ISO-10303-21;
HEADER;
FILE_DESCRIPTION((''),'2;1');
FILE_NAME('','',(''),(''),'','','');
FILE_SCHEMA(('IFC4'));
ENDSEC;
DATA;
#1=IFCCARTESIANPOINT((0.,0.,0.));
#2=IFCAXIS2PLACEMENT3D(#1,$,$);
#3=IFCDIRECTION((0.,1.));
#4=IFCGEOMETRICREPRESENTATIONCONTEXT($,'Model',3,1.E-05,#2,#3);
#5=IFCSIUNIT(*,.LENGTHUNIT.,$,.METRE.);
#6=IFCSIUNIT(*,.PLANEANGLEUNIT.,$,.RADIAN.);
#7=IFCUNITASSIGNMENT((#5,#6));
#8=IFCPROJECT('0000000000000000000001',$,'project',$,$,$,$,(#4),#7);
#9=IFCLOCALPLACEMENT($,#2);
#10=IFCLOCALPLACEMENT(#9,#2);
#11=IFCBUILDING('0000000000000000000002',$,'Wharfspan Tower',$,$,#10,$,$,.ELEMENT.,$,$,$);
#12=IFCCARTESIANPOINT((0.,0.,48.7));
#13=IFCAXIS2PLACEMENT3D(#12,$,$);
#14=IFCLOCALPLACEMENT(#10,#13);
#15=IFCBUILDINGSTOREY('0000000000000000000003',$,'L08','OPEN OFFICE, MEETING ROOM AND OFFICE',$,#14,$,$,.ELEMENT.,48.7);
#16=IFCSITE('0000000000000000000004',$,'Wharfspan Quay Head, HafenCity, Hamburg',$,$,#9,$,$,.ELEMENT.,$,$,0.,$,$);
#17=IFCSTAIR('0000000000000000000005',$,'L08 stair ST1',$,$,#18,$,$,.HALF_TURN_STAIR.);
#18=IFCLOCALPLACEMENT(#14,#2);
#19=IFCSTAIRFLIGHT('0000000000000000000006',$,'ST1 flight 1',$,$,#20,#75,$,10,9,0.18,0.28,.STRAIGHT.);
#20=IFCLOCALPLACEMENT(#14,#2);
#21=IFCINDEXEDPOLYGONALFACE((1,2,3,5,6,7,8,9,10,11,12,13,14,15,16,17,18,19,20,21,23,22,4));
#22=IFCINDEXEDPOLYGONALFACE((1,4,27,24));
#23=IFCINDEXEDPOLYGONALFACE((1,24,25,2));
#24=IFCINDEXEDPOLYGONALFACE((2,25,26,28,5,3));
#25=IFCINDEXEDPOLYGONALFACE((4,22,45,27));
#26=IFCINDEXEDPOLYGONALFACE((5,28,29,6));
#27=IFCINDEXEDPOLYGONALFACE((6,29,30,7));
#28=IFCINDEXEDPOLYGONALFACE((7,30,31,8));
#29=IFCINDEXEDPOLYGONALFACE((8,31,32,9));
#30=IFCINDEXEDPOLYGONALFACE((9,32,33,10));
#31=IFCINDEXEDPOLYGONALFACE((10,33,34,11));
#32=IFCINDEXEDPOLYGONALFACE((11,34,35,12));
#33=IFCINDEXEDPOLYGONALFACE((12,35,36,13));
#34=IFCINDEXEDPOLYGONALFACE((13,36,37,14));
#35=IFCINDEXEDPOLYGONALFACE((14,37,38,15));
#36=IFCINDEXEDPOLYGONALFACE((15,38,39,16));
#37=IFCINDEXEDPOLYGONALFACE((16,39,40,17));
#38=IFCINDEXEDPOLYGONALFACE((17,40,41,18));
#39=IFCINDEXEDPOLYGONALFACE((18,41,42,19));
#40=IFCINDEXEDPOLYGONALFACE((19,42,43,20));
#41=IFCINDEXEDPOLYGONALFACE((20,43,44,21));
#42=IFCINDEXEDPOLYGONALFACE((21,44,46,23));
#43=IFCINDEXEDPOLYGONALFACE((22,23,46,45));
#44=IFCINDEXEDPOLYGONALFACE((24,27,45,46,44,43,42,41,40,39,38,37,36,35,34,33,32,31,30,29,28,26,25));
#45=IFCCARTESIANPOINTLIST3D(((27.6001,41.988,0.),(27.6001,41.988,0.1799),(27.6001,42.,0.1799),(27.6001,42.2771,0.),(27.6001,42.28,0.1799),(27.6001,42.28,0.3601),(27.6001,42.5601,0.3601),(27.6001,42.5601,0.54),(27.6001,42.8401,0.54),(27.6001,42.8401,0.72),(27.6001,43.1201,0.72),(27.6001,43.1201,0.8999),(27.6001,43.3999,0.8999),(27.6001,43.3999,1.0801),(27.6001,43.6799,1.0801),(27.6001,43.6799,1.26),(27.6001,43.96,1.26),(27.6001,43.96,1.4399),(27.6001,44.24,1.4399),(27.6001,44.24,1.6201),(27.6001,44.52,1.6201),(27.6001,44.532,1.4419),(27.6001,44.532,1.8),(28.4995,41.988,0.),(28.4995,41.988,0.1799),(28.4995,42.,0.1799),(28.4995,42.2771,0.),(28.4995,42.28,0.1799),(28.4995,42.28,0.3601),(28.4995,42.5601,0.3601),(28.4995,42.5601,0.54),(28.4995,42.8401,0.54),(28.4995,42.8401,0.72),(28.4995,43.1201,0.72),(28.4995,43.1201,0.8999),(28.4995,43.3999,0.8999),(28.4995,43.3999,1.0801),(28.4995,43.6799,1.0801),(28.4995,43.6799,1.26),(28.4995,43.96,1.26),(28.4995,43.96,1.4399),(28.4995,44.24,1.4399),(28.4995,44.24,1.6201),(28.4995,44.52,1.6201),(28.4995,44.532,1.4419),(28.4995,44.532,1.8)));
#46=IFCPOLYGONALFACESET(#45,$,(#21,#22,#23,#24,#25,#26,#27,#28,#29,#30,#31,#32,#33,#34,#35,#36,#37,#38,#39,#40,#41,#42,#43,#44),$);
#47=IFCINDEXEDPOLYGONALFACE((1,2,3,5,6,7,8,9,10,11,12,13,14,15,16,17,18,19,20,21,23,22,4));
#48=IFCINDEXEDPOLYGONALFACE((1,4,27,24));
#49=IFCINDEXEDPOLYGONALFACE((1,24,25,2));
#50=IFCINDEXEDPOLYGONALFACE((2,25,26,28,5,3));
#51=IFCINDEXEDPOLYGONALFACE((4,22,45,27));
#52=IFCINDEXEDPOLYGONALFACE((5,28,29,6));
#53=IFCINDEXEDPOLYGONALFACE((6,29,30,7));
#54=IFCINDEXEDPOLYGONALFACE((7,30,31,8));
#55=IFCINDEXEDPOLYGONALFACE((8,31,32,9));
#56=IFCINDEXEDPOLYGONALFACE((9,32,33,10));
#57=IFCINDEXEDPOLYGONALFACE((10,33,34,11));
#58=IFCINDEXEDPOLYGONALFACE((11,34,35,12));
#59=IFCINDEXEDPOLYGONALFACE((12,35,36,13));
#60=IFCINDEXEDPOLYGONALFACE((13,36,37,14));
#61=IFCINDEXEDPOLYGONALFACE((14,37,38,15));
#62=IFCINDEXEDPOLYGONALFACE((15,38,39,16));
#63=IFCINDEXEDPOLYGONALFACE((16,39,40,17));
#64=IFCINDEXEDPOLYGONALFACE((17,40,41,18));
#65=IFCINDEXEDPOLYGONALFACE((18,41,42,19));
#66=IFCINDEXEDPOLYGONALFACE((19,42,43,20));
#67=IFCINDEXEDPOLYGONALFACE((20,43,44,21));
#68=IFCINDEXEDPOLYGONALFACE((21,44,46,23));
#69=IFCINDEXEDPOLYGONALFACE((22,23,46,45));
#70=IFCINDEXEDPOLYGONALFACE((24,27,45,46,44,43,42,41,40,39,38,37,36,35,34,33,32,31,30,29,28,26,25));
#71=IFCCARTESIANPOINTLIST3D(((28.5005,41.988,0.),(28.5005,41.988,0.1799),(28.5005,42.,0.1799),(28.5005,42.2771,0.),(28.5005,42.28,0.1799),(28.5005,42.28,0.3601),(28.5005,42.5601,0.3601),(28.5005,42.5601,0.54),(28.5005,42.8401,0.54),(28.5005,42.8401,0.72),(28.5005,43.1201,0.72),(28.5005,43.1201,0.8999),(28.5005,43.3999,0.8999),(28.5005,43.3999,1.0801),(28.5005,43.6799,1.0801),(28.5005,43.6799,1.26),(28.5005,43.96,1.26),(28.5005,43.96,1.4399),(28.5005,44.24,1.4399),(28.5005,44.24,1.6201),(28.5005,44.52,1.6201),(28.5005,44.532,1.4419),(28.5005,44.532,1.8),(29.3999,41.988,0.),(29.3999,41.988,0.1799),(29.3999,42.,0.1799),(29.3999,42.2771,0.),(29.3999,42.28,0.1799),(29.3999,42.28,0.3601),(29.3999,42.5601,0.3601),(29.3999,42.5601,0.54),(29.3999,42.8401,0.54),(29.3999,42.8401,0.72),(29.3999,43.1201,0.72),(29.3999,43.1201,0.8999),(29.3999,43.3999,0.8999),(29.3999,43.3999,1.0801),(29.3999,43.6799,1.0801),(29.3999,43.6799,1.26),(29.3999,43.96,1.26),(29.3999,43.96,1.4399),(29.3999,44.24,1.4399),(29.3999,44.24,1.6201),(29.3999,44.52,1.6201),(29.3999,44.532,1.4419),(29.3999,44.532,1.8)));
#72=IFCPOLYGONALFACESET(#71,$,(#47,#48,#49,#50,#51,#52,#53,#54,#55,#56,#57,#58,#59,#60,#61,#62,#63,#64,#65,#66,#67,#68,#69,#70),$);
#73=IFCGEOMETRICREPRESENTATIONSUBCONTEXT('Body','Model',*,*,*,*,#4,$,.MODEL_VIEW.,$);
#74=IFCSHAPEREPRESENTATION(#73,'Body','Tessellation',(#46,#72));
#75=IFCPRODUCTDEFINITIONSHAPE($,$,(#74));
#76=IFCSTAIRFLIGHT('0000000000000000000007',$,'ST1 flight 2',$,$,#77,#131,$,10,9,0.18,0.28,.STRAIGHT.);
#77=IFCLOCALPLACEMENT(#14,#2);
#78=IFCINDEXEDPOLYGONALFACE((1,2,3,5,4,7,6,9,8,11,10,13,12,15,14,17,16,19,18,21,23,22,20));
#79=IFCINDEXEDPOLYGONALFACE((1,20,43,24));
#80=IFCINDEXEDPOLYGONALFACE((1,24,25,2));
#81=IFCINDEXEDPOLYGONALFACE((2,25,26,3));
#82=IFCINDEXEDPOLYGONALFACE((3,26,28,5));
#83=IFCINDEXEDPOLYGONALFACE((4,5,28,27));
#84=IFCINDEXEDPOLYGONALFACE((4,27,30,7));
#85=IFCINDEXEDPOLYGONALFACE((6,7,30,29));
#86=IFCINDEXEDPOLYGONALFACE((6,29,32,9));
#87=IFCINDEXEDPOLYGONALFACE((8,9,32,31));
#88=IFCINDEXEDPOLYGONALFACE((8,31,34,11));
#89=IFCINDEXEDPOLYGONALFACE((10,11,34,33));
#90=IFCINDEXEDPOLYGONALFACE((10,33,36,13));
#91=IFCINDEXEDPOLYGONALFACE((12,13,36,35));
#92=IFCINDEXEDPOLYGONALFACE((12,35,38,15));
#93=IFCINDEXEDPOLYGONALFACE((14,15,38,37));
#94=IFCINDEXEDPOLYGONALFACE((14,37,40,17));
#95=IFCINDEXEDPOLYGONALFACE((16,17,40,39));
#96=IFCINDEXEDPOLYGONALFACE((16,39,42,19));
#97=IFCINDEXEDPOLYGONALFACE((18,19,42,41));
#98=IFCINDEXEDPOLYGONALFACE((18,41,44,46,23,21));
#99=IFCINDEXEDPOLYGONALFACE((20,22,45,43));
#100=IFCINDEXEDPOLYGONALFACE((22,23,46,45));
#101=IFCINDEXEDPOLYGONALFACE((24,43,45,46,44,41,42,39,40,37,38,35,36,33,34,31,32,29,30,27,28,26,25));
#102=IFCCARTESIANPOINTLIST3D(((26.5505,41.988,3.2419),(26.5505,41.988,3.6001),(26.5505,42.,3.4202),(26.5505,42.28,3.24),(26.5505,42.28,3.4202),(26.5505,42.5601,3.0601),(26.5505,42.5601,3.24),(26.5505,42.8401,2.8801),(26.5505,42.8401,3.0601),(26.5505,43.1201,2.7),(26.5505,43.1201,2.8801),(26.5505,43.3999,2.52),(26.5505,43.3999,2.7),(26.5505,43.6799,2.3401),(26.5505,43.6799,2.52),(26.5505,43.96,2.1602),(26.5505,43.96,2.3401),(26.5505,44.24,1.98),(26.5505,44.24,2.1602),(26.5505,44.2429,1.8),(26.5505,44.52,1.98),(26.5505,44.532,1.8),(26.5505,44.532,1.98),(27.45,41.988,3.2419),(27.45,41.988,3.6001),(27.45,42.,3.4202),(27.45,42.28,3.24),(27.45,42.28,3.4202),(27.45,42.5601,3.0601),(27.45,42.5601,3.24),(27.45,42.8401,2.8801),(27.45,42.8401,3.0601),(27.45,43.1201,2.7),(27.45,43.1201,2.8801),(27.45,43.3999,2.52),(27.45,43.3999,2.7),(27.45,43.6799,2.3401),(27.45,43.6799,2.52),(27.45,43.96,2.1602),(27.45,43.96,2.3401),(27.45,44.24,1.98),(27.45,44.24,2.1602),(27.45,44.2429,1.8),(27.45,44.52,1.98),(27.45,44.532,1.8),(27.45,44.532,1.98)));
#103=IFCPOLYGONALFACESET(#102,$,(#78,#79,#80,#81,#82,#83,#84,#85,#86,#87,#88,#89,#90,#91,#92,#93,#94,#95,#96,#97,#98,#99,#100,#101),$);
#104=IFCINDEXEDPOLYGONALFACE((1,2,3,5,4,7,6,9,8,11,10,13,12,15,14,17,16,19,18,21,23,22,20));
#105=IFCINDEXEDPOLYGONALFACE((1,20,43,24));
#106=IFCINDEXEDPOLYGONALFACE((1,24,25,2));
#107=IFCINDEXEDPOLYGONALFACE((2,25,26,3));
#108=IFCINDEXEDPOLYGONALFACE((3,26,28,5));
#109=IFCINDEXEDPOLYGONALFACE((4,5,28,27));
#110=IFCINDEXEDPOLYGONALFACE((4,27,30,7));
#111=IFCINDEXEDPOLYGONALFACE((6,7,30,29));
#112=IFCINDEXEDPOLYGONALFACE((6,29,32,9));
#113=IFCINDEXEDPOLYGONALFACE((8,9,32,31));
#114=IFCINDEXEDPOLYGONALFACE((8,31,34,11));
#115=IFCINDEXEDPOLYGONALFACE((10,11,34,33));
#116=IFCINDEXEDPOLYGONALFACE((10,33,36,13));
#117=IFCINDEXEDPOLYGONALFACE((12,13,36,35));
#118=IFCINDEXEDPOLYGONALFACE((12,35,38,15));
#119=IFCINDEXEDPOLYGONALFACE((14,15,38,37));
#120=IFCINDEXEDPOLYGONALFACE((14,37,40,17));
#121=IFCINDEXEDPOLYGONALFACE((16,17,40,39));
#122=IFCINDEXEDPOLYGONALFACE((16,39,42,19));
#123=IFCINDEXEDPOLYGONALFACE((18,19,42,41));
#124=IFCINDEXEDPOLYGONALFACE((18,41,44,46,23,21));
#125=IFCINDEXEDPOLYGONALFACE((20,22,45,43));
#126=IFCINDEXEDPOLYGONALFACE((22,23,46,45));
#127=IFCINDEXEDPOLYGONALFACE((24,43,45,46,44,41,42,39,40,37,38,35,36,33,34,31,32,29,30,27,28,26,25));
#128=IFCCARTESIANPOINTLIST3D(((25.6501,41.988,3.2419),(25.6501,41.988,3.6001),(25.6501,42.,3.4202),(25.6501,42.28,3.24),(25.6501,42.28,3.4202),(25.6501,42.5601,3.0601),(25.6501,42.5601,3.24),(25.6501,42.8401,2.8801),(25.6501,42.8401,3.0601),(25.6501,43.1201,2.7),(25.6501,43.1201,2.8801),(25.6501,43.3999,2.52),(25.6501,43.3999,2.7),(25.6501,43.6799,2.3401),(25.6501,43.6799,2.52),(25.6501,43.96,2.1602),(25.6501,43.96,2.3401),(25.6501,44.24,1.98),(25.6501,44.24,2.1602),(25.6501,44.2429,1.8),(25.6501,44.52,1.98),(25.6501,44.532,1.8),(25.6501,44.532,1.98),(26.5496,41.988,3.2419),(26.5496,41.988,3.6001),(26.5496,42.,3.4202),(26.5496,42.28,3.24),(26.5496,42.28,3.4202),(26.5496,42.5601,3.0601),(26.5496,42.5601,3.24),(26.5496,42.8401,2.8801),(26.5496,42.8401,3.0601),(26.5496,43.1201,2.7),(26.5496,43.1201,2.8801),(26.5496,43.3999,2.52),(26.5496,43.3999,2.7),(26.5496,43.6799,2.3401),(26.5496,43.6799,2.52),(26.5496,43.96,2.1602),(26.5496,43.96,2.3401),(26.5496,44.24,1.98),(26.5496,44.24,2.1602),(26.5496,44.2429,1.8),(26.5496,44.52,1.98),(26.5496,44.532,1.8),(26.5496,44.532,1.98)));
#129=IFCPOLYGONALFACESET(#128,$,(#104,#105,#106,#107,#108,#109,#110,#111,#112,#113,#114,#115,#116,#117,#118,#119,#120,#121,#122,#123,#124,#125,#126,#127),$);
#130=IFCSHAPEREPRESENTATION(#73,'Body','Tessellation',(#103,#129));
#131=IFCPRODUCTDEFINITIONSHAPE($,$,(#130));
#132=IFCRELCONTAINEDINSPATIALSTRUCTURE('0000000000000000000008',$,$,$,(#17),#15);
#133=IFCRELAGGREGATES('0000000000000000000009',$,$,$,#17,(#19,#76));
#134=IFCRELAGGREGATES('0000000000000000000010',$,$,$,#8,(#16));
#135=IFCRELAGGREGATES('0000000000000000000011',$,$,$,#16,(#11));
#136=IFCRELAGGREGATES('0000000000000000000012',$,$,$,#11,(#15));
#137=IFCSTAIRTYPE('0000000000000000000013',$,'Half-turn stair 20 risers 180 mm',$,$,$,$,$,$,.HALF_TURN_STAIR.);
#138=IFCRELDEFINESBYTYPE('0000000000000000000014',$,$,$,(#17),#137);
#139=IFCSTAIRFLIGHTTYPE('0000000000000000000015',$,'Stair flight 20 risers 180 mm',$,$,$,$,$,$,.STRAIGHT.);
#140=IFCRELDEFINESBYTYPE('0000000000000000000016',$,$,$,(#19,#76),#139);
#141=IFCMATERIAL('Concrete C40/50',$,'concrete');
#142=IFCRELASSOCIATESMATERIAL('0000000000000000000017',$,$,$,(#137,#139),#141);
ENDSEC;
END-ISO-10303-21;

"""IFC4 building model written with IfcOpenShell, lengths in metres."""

from ifc_helpers import new_model, si_unit, direction, frame, origin, place, context, subcontext, project, spatial, polyline, outline, extrude, material, type_object, element, aggregate, save


model = new_model("IFC4")

# Units and contexts
model_context = context("Model", 3, precision=1e-05, world=origin(), true_north=direction((0.0, 1.0)))
body_context = subcontext(model_context, "Body", "Model", "MODEL_VIEW")
ifc_project = project(units=[si_unit("LENGTHUNIT", "METRE"), si_unit("PLANEANGLEUNIT", "RADIAN")], contexts=[model_context])

# Site, building, storey
site_placement = place(None, origin())
site = spatial("IfcSite", under=ifc_project, at=site_placement, Name="Wharfspan Quay Head, HafenCity, Hamburg", CompositionType="ELEMENT", RefElevation=0.0)
building_placement = place(site_placement, origin())
building = spatial("IfcBuilding", under=site, at=building_placement, Name="Wharfspan Tower", CompositionType="ELEMENT")
storey_placement = place(building_placement, frame((0.0, 0.0, 48.7)))
storey = spatial("IfcBuildingStorey", under=building, at=storey_placement, Name="L08", Description="OPEN OFFICE, MEETING ROOM AND OFFICE", CompositionType="ELEMENT", Elevation=48.7)

# Shared definitions
ifc_material_1 = material(Name="Concrete C40/50", Category="concrete")

# Stair, stair flights
stair_type = type_object("IfcStairType", Name="Half-turn stair 20 risers 180 mm", PredefinedType="HALF_TURN_STAIR", material=ifc_material_1)
stair_placement = place(storey_placement, origin())
stair = element("IfcStair", 1, at=stair_placement, inside=storey, type_object=stair_type, Name="L08 stair ST1", PredefinedType="HALF_TURN_STAIR")
stair_flight_type = type_object("IfcStairFlightType", Name="Stair flight 20 risers 180 mm", PredefinedType="STRAIGHT", material=ifc_material_1)
stair_flight_1_placement = place(storey_placement, frame((28.5, 42.0, 0.0), z_axis=(0.0, 0.0, 1.0), x_axis=(0.0, 1.0, 0.0)))
stair_flight_1 = element("IfcStairFlight", 2, at=stair_flight_1_placement, type_object=stair_flight_type, Name="ST1 flight 1", NumberOfRisers=10, NumberOfTreads=9, PredefinedType="STRAIGHT", RiserHeight=0.18, TreadLength=0.28, context=body_context, shape_type="SweptSolid", body=[
    extrude(outline(polyline([(-0.012, 0.0), (-0.012, 0.1799), (0.0, 0.1799), (0.28, 0.1799), (0.28, 0.3601), (0.5601, 0.3601), (0.5601, 0.54), (0.8401, 0.54), (0.8401, 0.72), (1.1201, 0.72), (1.1201, 0.8999), (1.3999, 0.8999), (1.3999, 1.0801), (1.6799, 1.0801), (1.6799, 1.26), (1.96, 1.26), (1.96, 1.4399), (2.24, 1.4399), (2.24, 1.6201), (2.52, 1.6201), (2.532, 1.8), (2.532, 1.4419), (0.2771, 0.0), (-0.012, 0.0)])), frame((0.0, 0.8999, 0.0), z_axis=(0.0, -1.0, 0.0), x_axis=(1.0, 0.0, 0.0)), (0.0, 0.0, 1.0), 0.8994),
    extrude(outline(polyline([(-0.012, 0.0), (-0.012, 0.1799), (0.0, 0.1799), (0.28, 0.1799), (0.28, 0.3601), (0.5601, 0.3601), (0.5601, 0.54), (0.8401, 0.54), (0.8401, 0.72), (1.1201, 0.72), (1.1201, 0.8999), (1.3999, 0.8999), (1.3999, 1.0801), (1.6799, 1.0801), (1.6799, 1.26), (1.96, 1.26), (1.96, 1.4399), (2.24, 1.4399), (2.24, 1.6201), (2.52, 1.6201), (2.532, 1.8), (2.532, 1.4419), (0.2771, 0.0), (-0.012, 0.0)])), frame((0.0, -0.0005, 0.0), z_axis=(0.0, -1.0, 0.0), x_axis=(1.0, 0.0, 0.0)), (0.0, 0.0, 1.0), 0.8994),
])
stair_flight_2_placement = place(storey_placement, frame((26.55, 44.52, 1.8), z_axis=(0.0, 0.0, 1.0), x_axis=(0.0, -1.0, 0.0)))
stair_flight_2 = element("IfcStairFlight", 3, at=stair_flight_2_placement, type_object=stair_flight_type, Name="ST1 flight 2", NumberOfRisers=10, NumberOfTreads=9, PredefinedType="STRAIGHT", RiserHeight=0.18, TreadLength=0.28, context=body_context, shape_type="SweptSolid", body=[
    extrude(outline(polyline([(-0.012, 0.0), (-0.012, 0.1799), (0.0, 0.1799), (0.28, 0.1799), (0.28, 0.3601), (0.5601, 0.3601), (0.5601, 0.54), (0.8401, 0.54), (0.8401, 0.72), (1.1201, 0.72), (1.1201, 0.8999), (1.3999, 0.8999), (1.3999, 1.0801), (1.6799, 1.0801), (1.6799, 1.26), (1.96, 1.26), (1.96, 1.4399), (2.24, 1.4399), (2.24, 1.6201), (2.52, 1.6201), (2.532, 1.8), (2.532, 1.4419), (0.2771, 0.0), (-0.012, 0.0)])), frame((0.0, 0.8999, 0.0), z_axis=(0.0, -1.0, 0.0), x_axis=(1.0, 0.0, 0.0)), (0.0, 0.0, 1.0), 0.8994),
    extrude(outline(polyline([(-0.012, 0.0), (-0.012, 0.1799), (0.0, 0.1799), (0.28, 0.1799), (0.28, 0.3601), (0.5601, 0.3601), (0.5601, 0.54), (0.8401, 0.54), (0.8401, 0.72), (1.1201, 0.72), (1.1201, 0.8999), (1.3999, 0.8999), (1.3999, 1.0801), (1.6799, 1.0801), (1.6799, 1.26), (1.96, 1.26), (1.96, 1.4399), (2.24, 1.4399), (2.24, 1.6201), (2.52, 1.6201), (2.532, 1.8), (2.532, 1.4419), (0.2771, 0.0), (-0.012, 0.0)])), frame((0.0, -0.0005, 0.0), z_axis=(0.0, -1.0, 0.0), x_axis=(1.0, 0.0, 0.0)), (0.0, 0.0, 1.0), 0.8994),
])
aggregate(stair, [stair_flight_1, stair_flight_2])

save(model, "model.ifc")
